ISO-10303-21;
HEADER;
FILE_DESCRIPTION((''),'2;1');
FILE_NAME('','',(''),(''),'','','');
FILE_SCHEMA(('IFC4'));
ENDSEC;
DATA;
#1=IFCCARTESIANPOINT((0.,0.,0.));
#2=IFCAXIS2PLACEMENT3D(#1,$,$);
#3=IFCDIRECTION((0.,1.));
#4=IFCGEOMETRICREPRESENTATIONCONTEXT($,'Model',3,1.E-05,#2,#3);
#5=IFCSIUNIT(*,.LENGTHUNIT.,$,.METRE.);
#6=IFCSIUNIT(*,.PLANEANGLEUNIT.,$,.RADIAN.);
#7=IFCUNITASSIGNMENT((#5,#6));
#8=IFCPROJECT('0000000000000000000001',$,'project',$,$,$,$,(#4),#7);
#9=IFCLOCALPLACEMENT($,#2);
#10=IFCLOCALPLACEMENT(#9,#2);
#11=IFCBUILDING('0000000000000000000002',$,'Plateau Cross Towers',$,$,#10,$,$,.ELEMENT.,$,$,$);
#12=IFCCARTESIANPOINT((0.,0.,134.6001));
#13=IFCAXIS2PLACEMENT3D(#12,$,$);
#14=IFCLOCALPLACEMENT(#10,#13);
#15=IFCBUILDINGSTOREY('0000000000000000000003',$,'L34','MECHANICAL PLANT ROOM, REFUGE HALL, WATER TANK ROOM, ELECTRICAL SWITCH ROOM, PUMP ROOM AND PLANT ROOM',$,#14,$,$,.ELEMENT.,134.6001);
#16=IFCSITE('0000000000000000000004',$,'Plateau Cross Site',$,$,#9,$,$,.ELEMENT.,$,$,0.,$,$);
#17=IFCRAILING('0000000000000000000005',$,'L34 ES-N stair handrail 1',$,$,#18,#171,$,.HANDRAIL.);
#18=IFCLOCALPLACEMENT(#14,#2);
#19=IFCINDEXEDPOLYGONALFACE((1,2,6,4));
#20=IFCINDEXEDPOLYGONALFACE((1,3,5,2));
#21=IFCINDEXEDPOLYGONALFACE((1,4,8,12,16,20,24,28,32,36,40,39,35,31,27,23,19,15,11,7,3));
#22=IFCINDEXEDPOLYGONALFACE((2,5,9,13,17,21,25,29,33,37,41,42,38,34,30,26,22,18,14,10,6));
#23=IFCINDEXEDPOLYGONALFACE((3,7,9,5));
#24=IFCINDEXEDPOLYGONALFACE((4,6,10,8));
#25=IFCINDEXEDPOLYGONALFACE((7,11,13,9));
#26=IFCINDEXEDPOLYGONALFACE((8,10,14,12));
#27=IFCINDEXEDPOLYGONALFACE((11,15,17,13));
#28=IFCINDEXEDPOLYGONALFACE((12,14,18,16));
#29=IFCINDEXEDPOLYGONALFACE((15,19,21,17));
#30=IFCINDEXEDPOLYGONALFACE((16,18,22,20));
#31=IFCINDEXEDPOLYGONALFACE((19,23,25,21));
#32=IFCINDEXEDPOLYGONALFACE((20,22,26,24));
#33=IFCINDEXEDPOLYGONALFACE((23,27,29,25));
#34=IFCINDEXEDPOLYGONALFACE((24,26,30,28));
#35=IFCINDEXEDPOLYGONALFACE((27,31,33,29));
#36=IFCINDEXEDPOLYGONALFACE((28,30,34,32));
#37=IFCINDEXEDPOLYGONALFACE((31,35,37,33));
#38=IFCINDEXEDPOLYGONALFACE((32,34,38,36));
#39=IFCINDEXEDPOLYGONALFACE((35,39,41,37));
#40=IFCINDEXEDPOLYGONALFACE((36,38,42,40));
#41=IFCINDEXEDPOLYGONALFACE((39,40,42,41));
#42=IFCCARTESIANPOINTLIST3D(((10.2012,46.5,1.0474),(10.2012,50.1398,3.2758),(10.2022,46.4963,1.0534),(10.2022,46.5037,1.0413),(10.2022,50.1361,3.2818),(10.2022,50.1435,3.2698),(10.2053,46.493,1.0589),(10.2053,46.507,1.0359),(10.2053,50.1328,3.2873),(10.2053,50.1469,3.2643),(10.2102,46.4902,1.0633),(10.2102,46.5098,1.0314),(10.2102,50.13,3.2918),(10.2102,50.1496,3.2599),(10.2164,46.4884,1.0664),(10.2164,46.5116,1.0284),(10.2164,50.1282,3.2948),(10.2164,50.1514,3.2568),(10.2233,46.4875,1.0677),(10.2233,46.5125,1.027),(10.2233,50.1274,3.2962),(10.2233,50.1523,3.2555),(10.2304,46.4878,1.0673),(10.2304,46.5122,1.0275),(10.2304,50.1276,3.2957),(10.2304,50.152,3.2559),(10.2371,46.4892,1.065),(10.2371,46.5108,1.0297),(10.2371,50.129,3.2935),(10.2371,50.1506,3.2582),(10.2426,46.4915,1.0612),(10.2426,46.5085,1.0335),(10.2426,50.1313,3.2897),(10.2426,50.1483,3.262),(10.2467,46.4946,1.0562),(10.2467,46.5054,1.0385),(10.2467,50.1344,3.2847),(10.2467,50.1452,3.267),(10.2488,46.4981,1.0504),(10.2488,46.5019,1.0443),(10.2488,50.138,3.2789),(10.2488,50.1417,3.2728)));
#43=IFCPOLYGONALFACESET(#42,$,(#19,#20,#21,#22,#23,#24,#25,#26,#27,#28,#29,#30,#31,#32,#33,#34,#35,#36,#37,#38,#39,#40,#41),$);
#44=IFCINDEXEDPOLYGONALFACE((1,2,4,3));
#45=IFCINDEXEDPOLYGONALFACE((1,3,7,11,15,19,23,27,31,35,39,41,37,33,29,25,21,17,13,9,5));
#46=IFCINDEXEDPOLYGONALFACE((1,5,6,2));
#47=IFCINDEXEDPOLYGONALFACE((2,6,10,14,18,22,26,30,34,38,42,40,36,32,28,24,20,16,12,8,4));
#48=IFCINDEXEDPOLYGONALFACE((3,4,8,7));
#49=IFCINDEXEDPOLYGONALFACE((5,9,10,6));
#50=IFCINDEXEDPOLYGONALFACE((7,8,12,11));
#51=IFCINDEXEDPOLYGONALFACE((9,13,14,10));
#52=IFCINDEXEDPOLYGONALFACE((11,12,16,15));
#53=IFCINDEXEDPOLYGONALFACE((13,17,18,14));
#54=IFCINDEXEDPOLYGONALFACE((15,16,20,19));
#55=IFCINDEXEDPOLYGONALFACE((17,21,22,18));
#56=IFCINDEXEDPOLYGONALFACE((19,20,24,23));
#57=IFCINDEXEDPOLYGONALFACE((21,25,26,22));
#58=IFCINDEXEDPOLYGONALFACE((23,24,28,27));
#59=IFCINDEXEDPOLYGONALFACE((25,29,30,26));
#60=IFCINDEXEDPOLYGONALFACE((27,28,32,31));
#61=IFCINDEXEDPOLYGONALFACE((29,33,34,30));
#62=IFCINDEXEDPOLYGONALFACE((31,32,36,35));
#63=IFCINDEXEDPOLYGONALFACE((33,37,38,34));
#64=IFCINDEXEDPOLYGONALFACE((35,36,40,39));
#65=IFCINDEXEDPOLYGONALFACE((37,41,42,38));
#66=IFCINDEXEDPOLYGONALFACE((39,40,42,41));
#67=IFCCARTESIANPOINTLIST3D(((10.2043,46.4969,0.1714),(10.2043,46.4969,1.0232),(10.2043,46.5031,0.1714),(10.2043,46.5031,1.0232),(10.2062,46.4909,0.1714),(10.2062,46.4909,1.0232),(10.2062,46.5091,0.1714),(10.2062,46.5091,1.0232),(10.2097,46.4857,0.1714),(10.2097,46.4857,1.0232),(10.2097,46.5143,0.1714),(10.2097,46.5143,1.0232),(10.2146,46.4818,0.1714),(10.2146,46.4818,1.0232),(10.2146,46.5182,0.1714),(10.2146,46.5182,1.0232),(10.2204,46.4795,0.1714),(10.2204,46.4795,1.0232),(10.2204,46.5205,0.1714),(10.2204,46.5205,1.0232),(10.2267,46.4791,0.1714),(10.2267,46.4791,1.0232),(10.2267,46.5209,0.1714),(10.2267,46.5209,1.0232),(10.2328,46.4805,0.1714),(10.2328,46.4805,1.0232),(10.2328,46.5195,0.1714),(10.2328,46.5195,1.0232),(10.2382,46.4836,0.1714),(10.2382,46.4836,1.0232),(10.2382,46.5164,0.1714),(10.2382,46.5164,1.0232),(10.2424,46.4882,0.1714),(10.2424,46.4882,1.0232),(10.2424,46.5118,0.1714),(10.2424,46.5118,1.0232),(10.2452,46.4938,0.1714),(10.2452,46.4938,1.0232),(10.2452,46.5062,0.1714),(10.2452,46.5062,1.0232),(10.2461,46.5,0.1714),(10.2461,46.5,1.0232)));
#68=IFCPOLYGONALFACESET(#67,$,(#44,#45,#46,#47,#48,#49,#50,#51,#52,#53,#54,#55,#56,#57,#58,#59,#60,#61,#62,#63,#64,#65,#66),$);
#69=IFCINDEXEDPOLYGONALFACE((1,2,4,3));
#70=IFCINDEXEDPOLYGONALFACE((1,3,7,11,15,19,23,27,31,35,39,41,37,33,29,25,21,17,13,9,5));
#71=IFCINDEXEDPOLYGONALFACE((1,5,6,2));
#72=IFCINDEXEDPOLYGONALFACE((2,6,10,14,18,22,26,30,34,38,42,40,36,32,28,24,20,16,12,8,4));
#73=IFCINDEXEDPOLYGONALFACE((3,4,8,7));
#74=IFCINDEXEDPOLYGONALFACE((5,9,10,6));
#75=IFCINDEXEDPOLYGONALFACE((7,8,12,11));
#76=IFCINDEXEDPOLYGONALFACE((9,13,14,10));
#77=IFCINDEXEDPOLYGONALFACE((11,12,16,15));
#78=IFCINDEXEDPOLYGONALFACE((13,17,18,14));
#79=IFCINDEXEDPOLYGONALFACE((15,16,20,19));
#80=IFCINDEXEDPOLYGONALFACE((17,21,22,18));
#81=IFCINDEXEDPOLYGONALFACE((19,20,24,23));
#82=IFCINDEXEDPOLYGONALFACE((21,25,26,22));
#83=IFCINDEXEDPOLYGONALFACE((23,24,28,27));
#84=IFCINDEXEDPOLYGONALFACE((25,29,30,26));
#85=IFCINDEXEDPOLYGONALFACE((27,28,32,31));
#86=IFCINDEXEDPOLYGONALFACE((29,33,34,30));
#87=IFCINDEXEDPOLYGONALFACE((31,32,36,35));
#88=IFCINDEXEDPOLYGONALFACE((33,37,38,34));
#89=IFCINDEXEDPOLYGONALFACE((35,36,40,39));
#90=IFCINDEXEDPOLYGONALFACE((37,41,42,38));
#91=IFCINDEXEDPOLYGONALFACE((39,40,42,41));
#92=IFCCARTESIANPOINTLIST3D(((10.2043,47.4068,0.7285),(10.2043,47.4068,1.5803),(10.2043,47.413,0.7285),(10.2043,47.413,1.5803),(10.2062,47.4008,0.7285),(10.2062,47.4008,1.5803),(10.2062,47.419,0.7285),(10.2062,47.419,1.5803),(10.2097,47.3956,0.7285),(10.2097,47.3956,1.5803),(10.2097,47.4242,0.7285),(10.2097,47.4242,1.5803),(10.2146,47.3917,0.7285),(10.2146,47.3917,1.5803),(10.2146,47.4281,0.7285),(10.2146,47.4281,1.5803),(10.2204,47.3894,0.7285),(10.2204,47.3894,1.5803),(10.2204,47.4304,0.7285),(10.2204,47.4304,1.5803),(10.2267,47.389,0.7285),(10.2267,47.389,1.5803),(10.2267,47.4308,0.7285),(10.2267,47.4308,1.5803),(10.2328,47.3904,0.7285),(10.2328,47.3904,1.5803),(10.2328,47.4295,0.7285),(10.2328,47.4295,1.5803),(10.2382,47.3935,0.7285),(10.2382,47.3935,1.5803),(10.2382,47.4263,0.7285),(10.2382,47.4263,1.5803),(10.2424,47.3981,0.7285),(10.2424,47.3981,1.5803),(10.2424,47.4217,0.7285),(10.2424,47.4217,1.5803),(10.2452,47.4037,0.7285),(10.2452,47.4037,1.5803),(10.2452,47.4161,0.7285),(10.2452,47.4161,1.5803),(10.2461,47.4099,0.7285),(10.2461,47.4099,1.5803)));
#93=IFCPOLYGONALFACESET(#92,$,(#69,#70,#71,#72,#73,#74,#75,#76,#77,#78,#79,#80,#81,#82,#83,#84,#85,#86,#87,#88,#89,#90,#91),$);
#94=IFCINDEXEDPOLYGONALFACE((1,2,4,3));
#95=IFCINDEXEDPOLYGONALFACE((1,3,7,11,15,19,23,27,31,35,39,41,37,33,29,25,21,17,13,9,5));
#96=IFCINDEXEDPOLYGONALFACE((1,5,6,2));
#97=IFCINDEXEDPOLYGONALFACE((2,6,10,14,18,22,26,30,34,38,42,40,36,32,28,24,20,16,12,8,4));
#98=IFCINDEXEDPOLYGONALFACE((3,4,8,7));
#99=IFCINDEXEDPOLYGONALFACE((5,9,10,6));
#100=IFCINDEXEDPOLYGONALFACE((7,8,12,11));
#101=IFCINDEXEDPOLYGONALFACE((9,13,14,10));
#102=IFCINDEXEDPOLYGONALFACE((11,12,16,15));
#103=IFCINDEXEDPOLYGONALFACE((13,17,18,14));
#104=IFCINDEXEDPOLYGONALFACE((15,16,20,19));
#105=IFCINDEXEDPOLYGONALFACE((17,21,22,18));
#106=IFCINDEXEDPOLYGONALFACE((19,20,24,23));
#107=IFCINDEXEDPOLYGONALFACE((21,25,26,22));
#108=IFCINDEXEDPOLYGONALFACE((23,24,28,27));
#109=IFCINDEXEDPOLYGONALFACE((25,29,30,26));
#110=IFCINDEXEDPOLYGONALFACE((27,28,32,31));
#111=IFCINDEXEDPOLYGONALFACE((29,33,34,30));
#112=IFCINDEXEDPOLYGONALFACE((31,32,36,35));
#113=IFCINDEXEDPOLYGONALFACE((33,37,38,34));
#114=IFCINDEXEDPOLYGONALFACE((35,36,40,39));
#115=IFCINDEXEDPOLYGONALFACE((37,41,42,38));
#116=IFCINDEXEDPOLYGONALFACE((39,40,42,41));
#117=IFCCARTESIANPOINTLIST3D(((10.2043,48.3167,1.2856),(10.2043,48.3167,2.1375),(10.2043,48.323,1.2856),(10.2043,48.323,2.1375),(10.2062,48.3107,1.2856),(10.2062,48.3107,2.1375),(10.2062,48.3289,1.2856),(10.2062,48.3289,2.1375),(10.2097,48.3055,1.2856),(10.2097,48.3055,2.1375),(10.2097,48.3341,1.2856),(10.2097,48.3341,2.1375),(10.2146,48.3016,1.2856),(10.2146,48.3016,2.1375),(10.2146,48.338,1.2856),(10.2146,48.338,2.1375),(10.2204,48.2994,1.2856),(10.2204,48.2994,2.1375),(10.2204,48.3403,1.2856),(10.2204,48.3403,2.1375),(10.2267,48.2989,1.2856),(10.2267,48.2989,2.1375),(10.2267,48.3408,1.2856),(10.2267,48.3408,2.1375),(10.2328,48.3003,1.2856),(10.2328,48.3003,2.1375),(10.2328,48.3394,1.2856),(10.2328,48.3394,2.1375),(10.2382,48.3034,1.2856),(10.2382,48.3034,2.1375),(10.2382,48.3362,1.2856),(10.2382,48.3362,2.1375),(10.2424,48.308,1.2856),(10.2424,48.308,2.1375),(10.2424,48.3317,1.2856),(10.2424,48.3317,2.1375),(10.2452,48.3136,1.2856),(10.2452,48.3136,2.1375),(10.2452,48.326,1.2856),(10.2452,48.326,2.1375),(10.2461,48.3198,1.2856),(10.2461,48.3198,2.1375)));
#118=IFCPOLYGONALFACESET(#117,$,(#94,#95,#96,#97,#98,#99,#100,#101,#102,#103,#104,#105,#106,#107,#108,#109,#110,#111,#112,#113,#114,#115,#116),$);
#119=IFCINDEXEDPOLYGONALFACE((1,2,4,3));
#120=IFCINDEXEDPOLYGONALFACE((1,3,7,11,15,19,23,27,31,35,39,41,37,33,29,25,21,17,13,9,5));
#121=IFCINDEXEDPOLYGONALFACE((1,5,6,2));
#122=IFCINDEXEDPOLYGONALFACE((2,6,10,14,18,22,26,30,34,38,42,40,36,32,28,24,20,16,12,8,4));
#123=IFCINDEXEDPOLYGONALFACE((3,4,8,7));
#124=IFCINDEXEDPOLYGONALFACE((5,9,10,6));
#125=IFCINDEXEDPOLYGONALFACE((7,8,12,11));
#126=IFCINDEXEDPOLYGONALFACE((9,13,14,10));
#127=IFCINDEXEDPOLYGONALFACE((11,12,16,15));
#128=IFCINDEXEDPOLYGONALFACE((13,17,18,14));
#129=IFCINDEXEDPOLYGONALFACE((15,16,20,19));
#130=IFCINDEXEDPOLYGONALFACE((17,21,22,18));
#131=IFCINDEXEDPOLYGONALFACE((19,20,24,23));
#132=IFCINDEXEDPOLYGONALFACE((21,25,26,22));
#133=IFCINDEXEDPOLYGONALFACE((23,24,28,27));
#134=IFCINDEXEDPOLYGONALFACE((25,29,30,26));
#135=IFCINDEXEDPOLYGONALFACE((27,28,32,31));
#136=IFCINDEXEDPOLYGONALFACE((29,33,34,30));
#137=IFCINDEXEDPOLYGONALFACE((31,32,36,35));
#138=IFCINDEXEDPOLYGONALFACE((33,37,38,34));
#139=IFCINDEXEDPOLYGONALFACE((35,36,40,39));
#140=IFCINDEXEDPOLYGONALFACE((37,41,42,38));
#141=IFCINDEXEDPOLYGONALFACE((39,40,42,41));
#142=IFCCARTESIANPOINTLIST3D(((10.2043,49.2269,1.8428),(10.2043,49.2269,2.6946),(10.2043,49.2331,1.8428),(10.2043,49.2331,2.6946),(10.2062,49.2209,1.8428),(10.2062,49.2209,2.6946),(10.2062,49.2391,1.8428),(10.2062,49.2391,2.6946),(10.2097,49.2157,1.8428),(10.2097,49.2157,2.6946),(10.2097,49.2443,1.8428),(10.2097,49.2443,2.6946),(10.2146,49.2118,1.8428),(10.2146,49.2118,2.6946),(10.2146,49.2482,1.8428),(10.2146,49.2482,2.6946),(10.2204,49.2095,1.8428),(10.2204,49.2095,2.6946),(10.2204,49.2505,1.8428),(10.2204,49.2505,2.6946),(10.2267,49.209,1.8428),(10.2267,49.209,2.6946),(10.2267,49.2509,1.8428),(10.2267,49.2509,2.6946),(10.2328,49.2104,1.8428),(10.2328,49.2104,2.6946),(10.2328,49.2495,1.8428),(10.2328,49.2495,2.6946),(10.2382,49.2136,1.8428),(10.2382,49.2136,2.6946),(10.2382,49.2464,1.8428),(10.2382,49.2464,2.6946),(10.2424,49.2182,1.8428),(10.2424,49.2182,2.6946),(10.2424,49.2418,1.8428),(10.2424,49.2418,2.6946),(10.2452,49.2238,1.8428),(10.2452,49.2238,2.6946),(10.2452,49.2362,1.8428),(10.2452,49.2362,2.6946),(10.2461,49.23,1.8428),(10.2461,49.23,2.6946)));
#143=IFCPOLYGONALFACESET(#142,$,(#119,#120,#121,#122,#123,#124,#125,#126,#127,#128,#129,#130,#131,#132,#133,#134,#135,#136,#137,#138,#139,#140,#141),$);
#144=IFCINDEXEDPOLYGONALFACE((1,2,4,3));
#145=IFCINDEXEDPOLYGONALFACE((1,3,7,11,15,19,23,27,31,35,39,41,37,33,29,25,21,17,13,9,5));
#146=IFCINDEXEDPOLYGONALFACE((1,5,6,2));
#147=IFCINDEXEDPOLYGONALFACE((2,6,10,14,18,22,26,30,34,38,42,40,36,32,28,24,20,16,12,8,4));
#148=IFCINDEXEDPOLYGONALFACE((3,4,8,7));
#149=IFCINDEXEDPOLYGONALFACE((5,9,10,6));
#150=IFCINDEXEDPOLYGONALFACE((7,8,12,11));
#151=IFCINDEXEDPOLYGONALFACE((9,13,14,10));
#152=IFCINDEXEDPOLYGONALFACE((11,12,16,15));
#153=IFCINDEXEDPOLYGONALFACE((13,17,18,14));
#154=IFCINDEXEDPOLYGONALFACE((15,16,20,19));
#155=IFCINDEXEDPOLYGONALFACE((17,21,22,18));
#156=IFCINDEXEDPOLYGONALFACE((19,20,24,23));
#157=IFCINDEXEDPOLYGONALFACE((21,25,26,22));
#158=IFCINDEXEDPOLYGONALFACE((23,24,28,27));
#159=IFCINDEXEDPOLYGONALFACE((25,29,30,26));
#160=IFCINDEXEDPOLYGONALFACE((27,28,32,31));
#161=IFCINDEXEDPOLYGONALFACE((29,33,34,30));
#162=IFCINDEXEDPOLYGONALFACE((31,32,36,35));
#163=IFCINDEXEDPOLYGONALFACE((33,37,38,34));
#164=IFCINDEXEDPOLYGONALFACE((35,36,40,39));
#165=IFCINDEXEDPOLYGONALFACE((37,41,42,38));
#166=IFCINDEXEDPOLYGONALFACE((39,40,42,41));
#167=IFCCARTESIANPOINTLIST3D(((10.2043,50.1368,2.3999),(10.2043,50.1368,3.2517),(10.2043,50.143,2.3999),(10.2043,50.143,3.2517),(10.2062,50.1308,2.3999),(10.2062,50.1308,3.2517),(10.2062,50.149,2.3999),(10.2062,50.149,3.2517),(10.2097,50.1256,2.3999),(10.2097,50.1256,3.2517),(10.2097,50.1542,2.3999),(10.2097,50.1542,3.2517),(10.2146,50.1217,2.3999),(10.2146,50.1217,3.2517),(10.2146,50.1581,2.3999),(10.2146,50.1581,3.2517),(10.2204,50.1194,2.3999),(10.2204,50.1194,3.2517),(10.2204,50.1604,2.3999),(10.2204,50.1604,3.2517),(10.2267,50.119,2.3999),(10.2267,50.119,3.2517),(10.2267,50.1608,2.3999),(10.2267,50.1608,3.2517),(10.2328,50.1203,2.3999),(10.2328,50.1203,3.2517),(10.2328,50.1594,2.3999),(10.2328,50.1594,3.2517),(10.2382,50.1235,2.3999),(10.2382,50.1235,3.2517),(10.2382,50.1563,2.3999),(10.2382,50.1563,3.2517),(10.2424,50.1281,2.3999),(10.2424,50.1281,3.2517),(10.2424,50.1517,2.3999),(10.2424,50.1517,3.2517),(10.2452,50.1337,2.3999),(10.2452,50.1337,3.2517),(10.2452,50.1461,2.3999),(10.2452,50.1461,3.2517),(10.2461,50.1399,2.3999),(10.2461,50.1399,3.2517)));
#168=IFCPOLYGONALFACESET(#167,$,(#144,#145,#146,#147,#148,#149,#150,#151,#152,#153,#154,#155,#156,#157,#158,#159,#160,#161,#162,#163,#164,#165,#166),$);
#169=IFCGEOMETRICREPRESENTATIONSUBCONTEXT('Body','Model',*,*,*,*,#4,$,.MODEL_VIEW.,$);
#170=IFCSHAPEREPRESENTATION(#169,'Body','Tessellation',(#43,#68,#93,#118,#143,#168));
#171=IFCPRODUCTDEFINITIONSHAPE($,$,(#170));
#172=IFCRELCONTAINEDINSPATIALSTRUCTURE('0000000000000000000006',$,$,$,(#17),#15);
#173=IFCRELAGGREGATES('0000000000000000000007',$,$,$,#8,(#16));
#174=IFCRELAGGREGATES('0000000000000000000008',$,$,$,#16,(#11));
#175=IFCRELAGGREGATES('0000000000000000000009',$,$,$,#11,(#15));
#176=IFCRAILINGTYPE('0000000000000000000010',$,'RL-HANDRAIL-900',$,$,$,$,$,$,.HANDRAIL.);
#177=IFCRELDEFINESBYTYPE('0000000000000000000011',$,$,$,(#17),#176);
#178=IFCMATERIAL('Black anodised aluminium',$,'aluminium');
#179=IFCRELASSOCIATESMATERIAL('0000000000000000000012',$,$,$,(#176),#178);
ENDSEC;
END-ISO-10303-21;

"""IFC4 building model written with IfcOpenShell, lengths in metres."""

from ifc_helpers import new_model, si_unit, direction, frame, origin, origin_2d, place, context, subcontext, project, spatial, circle, extrude, material, type_object, element, save


model = new_model("IFC4")

# Units and contexts
model_context = context("Model", 3, precision=1e-05, world=origin(), true_north=direction((0.0, 1.0)))
body_context = subcontext(model_context, "Body", "Model", "MODEL_VIEW")
ifc_project = project(units=[si_unit("LENGTHUNIT", "METRE"), si_unit("PLANEANGLEUNIT", "RADIAN")], contexts=[model_context])

# Site, building, storey
site_placement = place(None, origin())
site = spatial("IfcSite", under=ifc_project, at=site_placement, Name="Plateau Cross Site", CompositionType="ELEMENT", RefElevation=0.0)
building_placement = place(site_placement, origin())
building = spatial("IfcBuilding", under=site, at=building_placement, Name="Plateau Cross Towers", CompositionType="ELEMENT")
storey_placement = place(building_placement, frame((0.0, 0.0, 134.6001)))
storey = spatial("IfcBuildingStorey", under=building, at=storey_placement, Name="L34", Description="MECHANICAL PLANT ROOM, REFUGE HALL, WATER TANK ROOM, ELECTRICAL SWITCH ROOM, PUMP ROOM AND PLANT ROOM", CompositionType="ELEMENT", Elevation=134.6001)

# Shared definitions
ifc_material_1 = material(Name="Black anodised aluminium", Category="aluminium")

# Railing
railing_type_1 = type_object("IfcRailingType", Name="RL-HANDRAIL-900", PredefinedType="HANDRAIL", material=ifc_material_1)
railing_1_placement = place(storey_placement, frame((10.2251, 46.5, 0.1714)))
element("IfcRailing", 1, at=railing_1_placement, inside=storey, type_object=railing_type_1, Name="L34 ES-N stair handrail 1", PredefinedType="HANDRAIL", context=body_context, shape_type="SweptSolid", body=[
    extrude(circle(Radius=0.0239, at=origin_2d()), frame((0.0, 0.0, 0.876), z_axis=(0.0, 0.85285, 0.522156), x_axis=(-1.0, 0.0, 0.0)), (0.0, 0.0, 1.0), 4.2678),
    extrude(circle(Radius=0.021, at=origin_2d()), origin(), (0.0, 0.0, 1.0), 0.8518),
    extrude(circle(Radius=0.021, at=origin_2d()), frame((0.0, 0.9099, 0.5571)), (0.0, 0.0, 1.0), 0.8518),
    extrude(circle(Radius=0.021, at=origin_2d()), frame((0.0, 1.8198, 1.1143)), (0.0, 0.0, 1.0), 0.8518),
    extrude(circle(Radius=0.021, at=origin_2d()), frame((0.0, 2.73, 1.6714)), (0.0, 0.0, 1.0), 0.8518),
    extrude(circle(Radius=0.021, at=origin_2d()), frame((0.0, 3.6399, 2.2285)), (0.0, 0.0, 1.0), 0.8518),
])

save(model, "model.ifc")
